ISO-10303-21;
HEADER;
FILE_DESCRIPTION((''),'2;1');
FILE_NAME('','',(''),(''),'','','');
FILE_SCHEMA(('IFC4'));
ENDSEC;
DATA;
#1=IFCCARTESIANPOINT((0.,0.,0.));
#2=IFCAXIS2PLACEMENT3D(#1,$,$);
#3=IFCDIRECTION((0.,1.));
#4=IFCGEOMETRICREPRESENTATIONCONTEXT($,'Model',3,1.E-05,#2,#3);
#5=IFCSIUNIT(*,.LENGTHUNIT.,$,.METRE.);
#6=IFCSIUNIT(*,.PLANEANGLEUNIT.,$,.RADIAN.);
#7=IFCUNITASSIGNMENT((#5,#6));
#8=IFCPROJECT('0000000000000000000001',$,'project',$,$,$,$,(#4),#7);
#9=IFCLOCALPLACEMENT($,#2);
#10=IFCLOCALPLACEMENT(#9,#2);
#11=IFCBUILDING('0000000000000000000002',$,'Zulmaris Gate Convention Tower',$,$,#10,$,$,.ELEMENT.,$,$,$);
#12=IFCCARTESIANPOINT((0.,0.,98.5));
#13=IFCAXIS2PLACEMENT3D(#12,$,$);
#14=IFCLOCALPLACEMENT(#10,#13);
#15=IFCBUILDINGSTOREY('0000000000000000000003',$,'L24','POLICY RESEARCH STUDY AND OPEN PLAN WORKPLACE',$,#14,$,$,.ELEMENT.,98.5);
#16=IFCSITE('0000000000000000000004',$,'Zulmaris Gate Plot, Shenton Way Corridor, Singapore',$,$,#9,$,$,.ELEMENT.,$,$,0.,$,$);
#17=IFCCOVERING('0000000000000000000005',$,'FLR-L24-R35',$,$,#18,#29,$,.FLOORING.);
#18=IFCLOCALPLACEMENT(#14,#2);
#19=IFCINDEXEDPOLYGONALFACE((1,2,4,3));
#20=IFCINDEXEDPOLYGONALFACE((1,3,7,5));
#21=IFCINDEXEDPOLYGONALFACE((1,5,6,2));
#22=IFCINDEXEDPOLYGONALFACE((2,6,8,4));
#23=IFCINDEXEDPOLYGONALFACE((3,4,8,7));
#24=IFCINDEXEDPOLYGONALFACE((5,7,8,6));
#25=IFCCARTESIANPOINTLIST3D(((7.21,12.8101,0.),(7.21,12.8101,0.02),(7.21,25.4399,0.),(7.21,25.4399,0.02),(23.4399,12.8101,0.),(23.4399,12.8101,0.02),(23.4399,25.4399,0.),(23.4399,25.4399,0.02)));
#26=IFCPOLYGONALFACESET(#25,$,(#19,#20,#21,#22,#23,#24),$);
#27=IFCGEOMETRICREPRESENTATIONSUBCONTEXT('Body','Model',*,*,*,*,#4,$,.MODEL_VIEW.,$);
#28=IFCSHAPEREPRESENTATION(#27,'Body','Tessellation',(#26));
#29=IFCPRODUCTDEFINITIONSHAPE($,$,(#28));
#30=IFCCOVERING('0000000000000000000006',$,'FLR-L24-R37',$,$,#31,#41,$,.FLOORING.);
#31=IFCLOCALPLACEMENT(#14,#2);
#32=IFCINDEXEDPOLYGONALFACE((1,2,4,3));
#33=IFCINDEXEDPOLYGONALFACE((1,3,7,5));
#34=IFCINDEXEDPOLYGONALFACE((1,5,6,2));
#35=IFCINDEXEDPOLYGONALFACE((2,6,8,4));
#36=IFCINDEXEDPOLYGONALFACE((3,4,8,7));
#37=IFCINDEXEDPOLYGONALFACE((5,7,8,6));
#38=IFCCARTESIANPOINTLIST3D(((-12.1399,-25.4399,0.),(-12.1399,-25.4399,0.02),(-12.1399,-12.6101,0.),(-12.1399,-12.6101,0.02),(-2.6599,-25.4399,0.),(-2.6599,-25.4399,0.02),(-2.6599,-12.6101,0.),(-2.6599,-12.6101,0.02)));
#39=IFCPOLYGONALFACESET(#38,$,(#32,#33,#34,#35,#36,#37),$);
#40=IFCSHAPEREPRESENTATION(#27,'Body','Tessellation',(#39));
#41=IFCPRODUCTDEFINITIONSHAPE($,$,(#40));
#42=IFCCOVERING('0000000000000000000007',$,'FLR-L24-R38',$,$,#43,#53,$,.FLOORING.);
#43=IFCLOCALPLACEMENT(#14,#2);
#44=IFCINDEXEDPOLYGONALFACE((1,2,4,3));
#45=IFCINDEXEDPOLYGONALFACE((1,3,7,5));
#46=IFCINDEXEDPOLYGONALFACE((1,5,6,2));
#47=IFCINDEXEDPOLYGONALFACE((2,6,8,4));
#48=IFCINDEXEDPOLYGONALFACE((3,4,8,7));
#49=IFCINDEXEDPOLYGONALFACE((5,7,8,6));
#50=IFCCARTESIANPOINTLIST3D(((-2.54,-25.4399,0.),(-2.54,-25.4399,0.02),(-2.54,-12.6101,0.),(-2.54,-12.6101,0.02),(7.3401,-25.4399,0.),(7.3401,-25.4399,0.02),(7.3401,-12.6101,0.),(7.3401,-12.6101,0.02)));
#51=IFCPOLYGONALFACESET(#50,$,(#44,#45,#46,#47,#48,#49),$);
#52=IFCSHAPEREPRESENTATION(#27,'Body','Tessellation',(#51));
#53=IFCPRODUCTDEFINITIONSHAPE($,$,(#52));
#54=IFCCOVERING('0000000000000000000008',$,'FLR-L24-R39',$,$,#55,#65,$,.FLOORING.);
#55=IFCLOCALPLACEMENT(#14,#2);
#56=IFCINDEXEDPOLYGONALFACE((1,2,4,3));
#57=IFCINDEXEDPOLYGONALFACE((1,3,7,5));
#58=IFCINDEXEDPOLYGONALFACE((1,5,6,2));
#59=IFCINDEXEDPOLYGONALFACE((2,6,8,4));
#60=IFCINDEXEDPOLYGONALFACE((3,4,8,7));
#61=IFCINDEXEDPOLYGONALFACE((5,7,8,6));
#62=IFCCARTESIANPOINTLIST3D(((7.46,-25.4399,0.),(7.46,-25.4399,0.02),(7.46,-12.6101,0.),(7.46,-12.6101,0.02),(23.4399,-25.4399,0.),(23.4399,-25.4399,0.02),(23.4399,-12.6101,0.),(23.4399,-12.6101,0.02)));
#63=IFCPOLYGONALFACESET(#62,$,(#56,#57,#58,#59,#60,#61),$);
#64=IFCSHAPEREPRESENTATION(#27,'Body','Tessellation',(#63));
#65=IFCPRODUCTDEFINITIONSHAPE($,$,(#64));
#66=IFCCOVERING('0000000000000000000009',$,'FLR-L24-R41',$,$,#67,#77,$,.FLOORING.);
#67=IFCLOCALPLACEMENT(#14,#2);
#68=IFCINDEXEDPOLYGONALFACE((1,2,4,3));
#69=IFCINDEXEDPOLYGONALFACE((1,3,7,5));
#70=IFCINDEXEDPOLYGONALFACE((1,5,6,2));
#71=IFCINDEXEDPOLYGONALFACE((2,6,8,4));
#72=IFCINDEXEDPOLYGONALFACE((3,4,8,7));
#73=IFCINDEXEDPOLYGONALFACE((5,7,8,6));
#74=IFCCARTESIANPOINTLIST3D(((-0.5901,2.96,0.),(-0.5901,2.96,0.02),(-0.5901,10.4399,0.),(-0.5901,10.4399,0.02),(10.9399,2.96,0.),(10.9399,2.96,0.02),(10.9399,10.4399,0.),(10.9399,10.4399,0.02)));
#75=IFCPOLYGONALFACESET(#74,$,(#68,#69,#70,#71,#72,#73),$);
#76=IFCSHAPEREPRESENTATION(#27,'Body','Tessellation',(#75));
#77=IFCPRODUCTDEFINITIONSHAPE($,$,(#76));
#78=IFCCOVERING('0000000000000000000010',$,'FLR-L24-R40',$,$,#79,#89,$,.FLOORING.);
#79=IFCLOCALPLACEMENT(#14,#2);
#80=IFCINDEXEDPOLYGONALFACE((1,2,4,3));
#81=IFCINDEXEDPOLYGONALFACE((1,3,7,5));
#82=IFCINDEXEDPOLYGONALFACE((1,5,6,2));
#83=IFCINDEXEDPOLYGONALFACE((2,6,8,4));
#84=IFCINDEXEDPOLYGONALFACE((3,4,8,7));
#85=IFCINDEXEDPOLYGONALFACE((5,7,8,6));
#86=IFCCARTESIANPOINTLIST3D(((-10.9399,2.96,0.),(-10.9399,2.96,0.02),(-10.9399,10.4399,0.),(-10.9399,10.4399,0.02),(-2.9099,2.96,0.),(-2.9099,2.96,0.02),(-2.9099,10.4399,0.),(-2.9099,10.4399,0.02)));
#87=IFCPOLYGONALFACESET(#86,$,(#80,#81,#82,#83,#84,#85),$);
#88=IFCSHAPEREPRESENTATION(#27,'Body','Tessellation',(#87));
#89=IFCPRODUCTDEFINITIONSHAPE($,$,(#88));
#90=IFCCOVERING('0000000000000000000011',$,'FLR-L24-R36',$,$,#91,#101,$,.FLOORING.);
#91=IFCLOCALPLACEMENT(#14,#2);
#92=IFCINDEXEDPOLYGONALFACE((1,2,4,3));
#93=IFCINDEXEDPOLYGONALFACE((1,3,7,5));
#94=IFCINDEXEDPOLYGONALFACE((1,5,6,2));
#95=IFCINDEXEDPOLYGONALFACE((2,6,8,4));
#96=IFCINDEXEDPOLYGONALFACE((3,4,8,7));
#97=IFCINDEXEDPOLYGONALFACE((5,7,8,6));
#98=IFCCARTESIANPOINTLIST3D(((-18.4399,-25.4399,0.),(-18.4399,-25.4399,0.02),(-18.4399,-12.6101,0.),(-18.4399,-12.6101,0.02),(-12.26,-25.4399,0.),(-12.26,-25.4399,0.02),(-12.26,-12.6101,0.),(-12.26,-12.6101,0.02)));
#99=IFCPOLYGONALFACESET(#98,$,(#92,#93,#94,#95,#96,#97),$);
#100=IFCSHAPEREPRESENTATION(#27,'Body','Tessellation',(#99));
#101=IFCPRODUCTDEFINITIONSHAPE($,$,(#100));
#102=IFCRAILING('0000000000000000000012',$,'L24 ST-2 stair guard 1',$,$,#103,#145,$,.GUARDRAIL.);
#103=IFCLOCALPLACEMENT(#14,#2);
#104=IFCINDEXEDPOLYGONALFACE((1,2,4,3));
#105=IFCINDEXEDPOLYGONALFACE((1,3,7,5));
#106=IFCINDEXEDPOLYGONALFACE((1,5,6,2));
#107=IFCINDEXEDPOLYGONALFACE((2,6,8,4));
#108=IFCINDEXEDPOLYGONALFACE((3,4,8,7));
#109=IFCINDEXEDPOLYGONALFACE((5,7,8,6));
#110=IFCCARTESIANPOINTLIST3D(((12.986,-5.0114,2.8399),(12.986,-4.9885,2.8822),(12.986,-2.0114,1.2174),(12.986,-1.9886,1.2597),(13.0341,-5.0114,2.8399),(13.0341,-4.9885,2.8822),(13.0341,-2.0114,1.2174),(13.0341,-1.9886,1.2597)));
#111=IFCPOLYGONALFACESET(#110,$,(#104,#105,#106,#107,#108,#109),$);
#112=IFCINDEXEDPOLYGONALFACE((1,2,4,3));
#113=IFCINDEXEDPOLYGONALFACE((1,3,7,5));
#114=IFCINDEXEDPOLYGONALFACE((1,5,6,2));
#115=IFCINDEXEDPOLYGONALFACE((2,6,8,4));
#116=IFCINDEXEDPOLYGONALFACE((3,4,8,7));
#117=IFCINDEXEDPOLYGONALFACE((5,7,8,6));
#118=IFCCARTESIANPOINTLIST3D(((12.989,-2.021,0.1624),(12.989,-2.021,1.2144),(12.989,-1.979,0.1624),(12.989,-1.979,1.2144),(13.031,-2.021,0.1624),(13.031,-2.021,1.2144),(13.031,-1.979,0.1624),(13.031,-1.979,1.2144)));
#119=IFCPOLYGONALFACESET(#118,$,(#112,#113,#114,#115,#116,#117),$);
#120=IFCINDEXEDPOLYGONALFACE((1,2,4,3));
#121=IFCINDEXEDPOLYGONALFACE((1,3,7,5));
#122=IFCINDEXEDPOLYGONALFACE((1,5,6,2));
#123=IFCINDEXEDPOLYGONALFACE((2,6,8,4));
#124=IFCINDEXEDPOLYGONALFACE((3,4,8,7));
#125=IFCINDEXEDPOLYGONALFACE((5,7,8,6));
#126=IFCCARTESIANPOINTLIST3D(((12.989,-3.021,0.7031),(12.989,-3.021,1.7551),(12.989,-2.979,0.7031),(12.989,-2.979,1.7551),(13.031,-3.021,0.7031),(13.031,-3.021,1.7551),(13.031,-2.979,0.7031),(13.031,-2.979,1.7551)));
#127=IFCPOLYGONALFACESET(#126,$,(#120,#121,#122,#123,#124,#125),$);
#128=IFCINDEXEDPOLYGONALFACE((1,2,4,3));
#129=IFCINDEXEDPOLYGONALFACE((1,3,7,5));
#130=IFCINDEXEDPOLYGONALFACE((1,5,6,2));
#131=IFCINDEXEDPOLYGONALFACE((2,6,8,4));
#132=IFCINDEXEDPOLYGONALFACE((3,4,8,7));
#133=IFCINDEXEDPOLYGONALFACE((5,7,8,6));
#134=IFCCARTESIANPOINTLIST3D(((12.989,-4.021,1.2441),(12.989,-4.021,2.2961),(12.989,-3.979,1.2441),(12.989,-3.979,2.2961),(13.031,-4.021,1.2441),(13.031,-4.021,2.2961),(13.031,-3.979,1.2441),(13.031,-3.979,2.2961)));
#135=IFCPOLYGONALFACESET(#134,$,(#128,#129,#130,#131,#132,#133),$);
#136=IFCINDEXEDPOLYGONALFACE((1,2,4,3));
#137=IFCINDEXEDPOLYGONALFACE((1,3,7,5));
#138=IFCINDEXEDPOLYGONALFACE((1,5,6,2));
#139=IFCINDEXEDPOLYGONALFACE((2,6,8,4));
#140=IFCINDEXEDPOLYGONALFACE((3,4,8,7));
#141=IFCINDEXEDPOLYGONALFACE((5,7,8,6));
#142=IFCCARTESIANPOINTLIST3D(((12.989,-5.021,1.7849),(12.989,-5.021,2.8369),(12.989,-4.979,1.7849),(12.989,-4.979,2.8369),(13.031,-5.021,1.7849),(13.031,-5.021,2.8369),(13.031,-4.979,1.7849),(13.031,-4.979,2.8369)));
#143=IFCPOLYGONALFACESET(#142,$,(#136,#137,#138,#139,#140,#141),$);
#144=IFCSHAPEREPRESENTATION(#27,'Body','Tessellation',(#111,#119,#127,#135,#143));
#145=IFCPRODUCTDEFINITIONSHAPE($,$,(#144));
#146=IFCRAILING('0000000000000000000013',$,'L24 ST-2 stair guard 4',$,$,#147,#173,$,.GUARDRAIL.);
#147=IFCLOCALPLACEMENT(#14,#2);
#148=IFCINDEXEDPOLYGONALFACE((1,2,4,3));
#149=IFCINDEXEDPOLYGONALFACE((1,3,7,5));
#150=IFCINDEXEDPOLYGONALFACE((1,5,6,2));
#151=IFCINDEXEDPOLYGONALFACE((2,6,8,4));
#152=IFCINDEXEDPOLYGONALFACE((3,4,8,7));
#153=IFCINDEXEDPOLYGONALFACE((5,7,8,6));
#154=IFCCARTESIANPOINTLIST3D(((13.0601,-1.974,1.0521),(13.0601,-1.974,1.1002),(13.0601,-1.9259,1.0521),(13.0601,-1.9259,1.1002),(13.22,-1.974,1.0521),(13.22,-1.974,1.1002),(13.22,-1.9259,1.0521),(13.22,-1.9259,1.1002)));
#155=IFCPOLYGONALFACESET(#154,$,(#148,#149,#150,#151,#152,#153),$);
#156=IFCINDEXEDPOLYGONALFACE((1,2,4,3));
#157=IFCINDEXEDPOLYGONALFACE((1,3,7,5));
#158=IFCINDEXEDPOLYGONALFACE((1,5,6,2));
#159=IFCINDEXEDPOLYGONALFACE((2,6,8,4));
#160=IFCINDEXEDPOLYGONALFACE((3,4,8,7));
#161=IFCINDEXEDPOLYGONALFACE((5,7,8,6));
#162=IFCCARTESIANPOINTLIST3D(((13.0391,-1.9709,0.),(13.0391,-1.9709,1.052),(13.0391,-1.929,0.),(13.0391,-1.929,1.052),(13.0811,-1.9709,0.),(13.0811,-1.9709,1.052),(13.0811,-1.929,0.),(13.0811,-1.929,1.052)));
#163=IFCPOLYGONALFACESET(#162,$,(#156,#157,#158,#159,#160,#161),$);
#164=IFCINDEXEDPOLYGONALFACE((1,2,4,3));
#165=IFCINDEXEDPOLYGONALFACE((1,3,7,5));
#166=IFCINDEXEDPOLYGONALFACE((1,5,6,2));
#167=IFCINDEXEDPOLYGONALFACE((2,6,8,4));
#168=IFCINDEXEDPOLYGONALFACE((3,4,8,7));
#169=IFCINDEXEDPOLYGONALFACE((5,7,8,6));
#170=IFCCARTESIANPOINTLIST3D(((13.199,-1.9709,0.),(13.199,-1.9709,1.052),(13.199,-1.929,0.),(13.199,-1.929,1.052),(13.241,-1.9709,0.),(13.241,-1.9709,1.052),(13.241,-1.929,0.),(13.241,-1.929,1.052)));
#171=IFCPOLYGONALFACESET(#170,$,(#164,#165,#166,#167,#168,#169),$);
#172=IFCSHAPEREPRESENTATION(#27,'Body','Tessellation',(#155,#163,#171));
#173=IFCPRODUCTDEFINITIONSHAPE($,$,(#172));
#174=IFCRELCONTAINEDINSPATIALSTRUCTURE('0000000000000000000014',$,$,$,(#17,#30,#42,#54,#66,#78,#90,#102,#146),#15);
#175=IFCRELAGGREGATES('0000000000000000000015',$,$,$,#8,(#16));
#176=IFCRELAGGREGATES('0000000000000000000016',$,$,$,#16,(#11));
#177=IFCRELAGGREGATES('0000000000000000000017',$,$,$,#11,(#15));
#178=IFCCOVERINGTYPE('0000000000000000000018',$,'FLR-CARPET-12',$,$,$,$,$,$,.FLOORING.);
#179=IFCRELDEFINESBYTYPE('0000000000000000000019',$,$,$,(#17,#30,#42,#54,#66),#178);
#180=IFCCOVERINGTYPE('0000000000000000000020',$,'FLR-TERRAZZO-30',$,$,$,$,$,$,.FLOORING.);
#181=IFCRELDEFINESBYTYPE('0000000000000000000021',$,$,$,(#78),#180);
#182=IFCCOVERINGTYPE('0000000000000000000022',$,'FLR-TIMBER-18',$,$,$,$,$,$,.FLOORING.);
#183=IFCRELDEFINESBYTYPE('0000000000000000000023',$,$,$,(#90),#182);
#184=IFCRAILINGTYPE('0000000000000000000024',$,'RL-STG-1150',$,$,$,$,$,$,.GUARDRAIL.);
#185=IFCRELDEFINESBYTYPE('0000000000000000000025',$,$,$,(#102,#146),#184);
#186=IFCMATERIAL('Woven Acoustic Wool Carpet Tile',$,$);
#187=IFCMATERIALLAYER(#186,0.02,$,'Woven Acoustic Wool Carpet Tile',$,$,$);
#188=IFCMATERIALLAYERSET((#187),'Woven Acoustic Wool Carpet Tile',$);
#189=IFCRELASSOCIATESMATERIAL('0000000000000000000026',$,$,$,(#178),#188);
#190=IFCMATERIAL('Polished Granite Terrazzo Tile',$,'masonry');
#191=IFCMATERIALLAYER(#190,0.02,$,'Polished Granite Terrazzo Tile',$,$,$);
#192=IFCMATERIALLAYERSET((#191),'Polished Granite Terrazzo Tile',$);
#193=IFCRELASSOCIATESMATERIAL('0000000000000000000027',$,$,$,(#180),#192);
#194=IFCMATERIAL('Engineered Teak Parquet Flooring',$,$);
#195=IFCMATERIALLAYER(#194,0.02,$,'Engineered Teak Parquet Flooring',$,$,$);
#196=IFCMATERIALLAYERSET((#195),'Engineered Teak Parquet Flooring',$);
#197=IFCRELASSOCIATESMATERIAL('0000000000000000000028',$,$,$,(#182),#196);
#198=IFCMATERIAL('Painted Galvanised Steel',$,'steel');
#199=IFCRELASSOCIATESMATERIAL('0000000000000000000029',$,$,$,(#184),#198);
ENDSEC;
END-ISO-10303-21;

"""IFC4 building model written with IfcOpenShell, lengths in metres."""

from ifc_helpers import new_model, si_unit, direction, frame, origin, origin_2d, place, context, subcontext, project, spatial, polyline, rectangle, outline, extrude, material, layer, layer_set, type_object, element, save


model = new_model("IFC4")

# Units and contexts
model_context = context("Model", 3, precision=1e-05, world=origin(), true_north=direction((0.0, 1.0)))
body_context = subcontext(model_context, "Body", "Model", "MODEL_VIEW")
ifc_project = project(units=[si_unit("LENGTHUNIT", "METRE"), si_unit("PLANEANGLEUNIT", "RADIAN")], contexts=[model_context])

# Site, building, storey
site_placement = place(None, origin())
site = spatial("IfcSite", under=ifc_project, at=site_placement, Name="Zulmaris Gate Plot, Shenton Way Corridor, Singapore", CompositionType="ELEMENT", RefElevation=0.0)
building_placement = place(site_placement, origin())
building = spatial("IfcBuilding", under=site, at=building_placement, Name="Zulmaris Gate Convention Tower", CompositionType="ELEMENT")
storey_placement = place(building_placement, frame((0.0, 0.0, 98.5)))
storey = spatial("IfcBuildingStorey", under=building, at=storey_placement, Name="L24", Description="POLICY RESEARCH STUDY AND OPEN PLAN WORKPLACE", CompositionType="ELEMENT", Elevation=98.5)

# Coverings
ifc_material_1 = material(Name="Woven Acoustic Wool Carpet Tile")
ifc_layer_1 = layer(ifc_material_1, 0.02, Name="Woven Acoustic Wool Carpet Tile")
ifc_layer_set_1 = layer_set([ifc_layer_1], Name="Woven Acoustic Wool Carpet Tile")
covering_type_1 = type_object("IfcCoveringType", Name="FLR-CARPET-12", PredefinedType="FLOORING", material=ifc_layer_set_1)
covering_1_placement = place(storey_placement, origin())
element("IfcCovering", 1, at=covering_1_placement, inside=storey, type_object=covering_type_1, Name="FLR-L24-R35", PredefinedType="FLOORING", context=body_context, shape_type="SweptSolid", body=[
    extrude(outline(polyline([(7.21, 12.8101), (23.4399, 12.8101), (23.4399, 25.4399), (7.21, 25.4399), (7.21, 12.8101)])), origin(), (0.0, 0.0, 1.0), 0.02),
])
covering_2_placement = place(storey_placement, origin())
element("IfcCovering", 2, at=covering_2_placement, inside=storey, type_object=covering_type_1, Name="FLR-L24-R37", PredefinedType="FLOORING", context=body_context, shape_type="SweptSolid", body=[
    extrude(outline(polyline([(-12.1399, -25.4399), (-2.6599, -25.4399), (-2.6599, -12.6101), (-12.1399, -12.6101), (-12.1399, -25.4399)])), origin(), (0.0, 0.0, 1.0), 0.02),
])
covering_3_placement = place(storey_placement, origin())
element("IfcCovering", 3, at=covering_3_placement, inside=storey, type_object=covering_type_1, Name="FLR-L24-R38", PredefinedType="FLOORING", context=body_context, shape_type="SweptSolid", body=[
    extrude(outline(polyline([(-2.54, -25.4399), (7.3401, -25.4399), (7.3401, -12.6101), (-2.54, -12.6101), (-2.54, -25.4399)])), origin(), (0.0, 0.0, 1.0), 0.02),
])
covering_4_placement = place(storey_placement, origin())
element("IfcCovering", 4, at=covering_4_placement, inside=storey, type_object=covering_type_1, Name="FLR-L24-R39", PredefinedType="FLOORING", context=body_context, shape_type="SweptSolid", body=[
    extrude(outline(polyline([(7.46, -25.4399), (23.4399, -25.4399), (23.4399, -12.6101), (7.46, -12.6101), (7.46, -25.4399)])), origin(), (0.0, 0.0, 1.0), 0.02),
])
covering_5_placement = place(storey_placement, origin())
element("IfcCovering", 5, at=covering_5_placement, inside=storey, type_object=covering_type_1, Name="FLR-L24-R41", PredefinedType="FLOORING", context=body_context, shape_type="SweptSolid", body=[
    extrude(outline(polyline([(-0.5901, 2.96), (10.9399, 2.96), (10.9399, 10.4399), (-0.5901, 10.4399), (-0.5901, 2.96)])), origin(), (0.0, 0.0, 1.0), 0.02),
])
ifc_material_2 = material(Name="Polished Granite Terrazzo Tile", Category="masonry")
ifc_layer_2 = layer(ifc_material_2, 0.02, Name="Polished Granite Terrazzo Tile")
ifc_layer_set_2 = layer_set([ifc_layer_2], Name="Polished Granite Terrazzo Tile")
covering_type_2 = type_object("IfcCoveringType", Name="FLR-TERRAZZO-30", PredefinedType="FLOORING", material=ifc_layer_set_2)
covering_6_placement = place(storey_placement, origin())
element("IfcCovering", 6, at=covering_6_placement, inside=storey, type_object=covering_type_2, Name="FLR-L24-R40", PredefinedType="FLOORING", context=body_context, shape_type="SweptSolid", body=[
    extrude(outline(polyline([(-10.9399, 2.96), (-2.9099, 2.96), (-2.9099, 10.4399), (-10.9399, 10.4399), (-10.9399, 2.96)])), origin(), (0.0, 0.0, 1.0), 0.02),
])
ifc_material_3 = material(Name="Engineered Teak Parquet Flooring")
ifc_layer_3 = layer(ifc_material_3, 0.02, Name="Engineered Teak Parquet Flooring")
ifc_layer_set_3 = layer_set([ifc_layer_3], Name="Engineered Teak Parquet Flooring")
covering_type_3 = type_object("IfcCoveringType", Name="FLR-TIMBER-18", PredefinedType="FLOORING", material=ifc_layer_set_3)
covering_7_placement = place(storey_placement, origin())
element("IfcCovering", 7, at=covering_7_placement, inside=storey, type_object=covering_type_3, Name="FLR-L24-R36", PredefinedType="FLOORING", context=body_context, shape_type="SweptSolid", body=[
    extrude(outline(polyline([(-18.4399, -25.4399), (-12.26, -25.4399), (-12.26, -12.6101), (-18.4399, -12.6101), (-18.4399, -25.4399)])), origin(), (0.0, 0.0, 1.0), 0.02),
])

# Railings
ifc_material_4 = material(Name="Painted Galvanised Steel", Category="steel")
railing_type = type_object("IfcRailingType", Name="RL-STG-1150", PredefinedType="GUARDRAIL", material=ifc_material_4)
railing_1_placement = place(storey_placement, frame((13.01, -2.0, 0.1624)))
element("IfcRailing", 8, at=railing_1_placement, inside=storey, type_object=railing_type, Name="L24 ST-2 stair guard 1", PredefinedType="GUARDRAIL", context=body_context, shape_type="SweptSolid", body=[
    extrude(rectangle(XDim=0.0481, YDim=0.0481, at=origin_2d()), frame((0.0, 0.0, 1.0762), z_axis=(0.0, -0.879592, 0.47573), x_axis=(1.0, 0.0, 0.0)), (0.0, 0.0, 1.0), 3.4106),
    extrude(rectangle(XDim=0.042, YDim=0.042, at=origin_2d()), origin(), (0.0, 0.0, 1.0), 1.052),
    extrude(rectangle(XDim=0.042, YDim=0.042, at=origin_2d()), frame((0.0, -1.0, 0.5408)), (0.0, 0.0, 1.0), 1.052),
    extrude(rectangle(XDim=0.042, YDim=0.042, at=origin_2d()), frame((0.0, -2.0, 1.0818)), (0.0, 0.0, 1.0), 1.052),
    extrude(rectangle(XDim=0.042, YDim=0.042, at=origin_2d()), frame((0.0, -3.0, 1.6226)), (0.0, 0.0, 1.0), 1.052),
])
railing_2_placement = place(storey_placement, frame((13.0601, -1.95, 0.0)))
element("IfcRailing", 9, at=railing_2_placement, inside=storey, type_object=railing_type, Name="L24 ST-2 stair guard 4", PredefinedType="GUARDRAIL", context=body_context, shape_type="SweptSolid", body=[
    extrude(rectangle(XDim=0.0481, YDim=0.0481, at=origin_2d()), frame((0.0, 0.0, 1.0762), z_axis=(1.0, 0.0, 0.0), x_axis=(0.0, 1.0, 0.0)), (0.0, 0.0, 1.0), 0.1599),
    extrude(rectangle(XDim=0.042, YDim=0.042, at=origin_2d()), origin(), (0.0, 0.0, 1.0), 1.052),
    extrude(rectangle(XDim=0.042, YDim=0.042, at=origin_2d()), frame((0.1599, 0.0, 0.0)), (0.0, 0.0, 1.0), 1.052),
])

save(model, "model.ifc")
